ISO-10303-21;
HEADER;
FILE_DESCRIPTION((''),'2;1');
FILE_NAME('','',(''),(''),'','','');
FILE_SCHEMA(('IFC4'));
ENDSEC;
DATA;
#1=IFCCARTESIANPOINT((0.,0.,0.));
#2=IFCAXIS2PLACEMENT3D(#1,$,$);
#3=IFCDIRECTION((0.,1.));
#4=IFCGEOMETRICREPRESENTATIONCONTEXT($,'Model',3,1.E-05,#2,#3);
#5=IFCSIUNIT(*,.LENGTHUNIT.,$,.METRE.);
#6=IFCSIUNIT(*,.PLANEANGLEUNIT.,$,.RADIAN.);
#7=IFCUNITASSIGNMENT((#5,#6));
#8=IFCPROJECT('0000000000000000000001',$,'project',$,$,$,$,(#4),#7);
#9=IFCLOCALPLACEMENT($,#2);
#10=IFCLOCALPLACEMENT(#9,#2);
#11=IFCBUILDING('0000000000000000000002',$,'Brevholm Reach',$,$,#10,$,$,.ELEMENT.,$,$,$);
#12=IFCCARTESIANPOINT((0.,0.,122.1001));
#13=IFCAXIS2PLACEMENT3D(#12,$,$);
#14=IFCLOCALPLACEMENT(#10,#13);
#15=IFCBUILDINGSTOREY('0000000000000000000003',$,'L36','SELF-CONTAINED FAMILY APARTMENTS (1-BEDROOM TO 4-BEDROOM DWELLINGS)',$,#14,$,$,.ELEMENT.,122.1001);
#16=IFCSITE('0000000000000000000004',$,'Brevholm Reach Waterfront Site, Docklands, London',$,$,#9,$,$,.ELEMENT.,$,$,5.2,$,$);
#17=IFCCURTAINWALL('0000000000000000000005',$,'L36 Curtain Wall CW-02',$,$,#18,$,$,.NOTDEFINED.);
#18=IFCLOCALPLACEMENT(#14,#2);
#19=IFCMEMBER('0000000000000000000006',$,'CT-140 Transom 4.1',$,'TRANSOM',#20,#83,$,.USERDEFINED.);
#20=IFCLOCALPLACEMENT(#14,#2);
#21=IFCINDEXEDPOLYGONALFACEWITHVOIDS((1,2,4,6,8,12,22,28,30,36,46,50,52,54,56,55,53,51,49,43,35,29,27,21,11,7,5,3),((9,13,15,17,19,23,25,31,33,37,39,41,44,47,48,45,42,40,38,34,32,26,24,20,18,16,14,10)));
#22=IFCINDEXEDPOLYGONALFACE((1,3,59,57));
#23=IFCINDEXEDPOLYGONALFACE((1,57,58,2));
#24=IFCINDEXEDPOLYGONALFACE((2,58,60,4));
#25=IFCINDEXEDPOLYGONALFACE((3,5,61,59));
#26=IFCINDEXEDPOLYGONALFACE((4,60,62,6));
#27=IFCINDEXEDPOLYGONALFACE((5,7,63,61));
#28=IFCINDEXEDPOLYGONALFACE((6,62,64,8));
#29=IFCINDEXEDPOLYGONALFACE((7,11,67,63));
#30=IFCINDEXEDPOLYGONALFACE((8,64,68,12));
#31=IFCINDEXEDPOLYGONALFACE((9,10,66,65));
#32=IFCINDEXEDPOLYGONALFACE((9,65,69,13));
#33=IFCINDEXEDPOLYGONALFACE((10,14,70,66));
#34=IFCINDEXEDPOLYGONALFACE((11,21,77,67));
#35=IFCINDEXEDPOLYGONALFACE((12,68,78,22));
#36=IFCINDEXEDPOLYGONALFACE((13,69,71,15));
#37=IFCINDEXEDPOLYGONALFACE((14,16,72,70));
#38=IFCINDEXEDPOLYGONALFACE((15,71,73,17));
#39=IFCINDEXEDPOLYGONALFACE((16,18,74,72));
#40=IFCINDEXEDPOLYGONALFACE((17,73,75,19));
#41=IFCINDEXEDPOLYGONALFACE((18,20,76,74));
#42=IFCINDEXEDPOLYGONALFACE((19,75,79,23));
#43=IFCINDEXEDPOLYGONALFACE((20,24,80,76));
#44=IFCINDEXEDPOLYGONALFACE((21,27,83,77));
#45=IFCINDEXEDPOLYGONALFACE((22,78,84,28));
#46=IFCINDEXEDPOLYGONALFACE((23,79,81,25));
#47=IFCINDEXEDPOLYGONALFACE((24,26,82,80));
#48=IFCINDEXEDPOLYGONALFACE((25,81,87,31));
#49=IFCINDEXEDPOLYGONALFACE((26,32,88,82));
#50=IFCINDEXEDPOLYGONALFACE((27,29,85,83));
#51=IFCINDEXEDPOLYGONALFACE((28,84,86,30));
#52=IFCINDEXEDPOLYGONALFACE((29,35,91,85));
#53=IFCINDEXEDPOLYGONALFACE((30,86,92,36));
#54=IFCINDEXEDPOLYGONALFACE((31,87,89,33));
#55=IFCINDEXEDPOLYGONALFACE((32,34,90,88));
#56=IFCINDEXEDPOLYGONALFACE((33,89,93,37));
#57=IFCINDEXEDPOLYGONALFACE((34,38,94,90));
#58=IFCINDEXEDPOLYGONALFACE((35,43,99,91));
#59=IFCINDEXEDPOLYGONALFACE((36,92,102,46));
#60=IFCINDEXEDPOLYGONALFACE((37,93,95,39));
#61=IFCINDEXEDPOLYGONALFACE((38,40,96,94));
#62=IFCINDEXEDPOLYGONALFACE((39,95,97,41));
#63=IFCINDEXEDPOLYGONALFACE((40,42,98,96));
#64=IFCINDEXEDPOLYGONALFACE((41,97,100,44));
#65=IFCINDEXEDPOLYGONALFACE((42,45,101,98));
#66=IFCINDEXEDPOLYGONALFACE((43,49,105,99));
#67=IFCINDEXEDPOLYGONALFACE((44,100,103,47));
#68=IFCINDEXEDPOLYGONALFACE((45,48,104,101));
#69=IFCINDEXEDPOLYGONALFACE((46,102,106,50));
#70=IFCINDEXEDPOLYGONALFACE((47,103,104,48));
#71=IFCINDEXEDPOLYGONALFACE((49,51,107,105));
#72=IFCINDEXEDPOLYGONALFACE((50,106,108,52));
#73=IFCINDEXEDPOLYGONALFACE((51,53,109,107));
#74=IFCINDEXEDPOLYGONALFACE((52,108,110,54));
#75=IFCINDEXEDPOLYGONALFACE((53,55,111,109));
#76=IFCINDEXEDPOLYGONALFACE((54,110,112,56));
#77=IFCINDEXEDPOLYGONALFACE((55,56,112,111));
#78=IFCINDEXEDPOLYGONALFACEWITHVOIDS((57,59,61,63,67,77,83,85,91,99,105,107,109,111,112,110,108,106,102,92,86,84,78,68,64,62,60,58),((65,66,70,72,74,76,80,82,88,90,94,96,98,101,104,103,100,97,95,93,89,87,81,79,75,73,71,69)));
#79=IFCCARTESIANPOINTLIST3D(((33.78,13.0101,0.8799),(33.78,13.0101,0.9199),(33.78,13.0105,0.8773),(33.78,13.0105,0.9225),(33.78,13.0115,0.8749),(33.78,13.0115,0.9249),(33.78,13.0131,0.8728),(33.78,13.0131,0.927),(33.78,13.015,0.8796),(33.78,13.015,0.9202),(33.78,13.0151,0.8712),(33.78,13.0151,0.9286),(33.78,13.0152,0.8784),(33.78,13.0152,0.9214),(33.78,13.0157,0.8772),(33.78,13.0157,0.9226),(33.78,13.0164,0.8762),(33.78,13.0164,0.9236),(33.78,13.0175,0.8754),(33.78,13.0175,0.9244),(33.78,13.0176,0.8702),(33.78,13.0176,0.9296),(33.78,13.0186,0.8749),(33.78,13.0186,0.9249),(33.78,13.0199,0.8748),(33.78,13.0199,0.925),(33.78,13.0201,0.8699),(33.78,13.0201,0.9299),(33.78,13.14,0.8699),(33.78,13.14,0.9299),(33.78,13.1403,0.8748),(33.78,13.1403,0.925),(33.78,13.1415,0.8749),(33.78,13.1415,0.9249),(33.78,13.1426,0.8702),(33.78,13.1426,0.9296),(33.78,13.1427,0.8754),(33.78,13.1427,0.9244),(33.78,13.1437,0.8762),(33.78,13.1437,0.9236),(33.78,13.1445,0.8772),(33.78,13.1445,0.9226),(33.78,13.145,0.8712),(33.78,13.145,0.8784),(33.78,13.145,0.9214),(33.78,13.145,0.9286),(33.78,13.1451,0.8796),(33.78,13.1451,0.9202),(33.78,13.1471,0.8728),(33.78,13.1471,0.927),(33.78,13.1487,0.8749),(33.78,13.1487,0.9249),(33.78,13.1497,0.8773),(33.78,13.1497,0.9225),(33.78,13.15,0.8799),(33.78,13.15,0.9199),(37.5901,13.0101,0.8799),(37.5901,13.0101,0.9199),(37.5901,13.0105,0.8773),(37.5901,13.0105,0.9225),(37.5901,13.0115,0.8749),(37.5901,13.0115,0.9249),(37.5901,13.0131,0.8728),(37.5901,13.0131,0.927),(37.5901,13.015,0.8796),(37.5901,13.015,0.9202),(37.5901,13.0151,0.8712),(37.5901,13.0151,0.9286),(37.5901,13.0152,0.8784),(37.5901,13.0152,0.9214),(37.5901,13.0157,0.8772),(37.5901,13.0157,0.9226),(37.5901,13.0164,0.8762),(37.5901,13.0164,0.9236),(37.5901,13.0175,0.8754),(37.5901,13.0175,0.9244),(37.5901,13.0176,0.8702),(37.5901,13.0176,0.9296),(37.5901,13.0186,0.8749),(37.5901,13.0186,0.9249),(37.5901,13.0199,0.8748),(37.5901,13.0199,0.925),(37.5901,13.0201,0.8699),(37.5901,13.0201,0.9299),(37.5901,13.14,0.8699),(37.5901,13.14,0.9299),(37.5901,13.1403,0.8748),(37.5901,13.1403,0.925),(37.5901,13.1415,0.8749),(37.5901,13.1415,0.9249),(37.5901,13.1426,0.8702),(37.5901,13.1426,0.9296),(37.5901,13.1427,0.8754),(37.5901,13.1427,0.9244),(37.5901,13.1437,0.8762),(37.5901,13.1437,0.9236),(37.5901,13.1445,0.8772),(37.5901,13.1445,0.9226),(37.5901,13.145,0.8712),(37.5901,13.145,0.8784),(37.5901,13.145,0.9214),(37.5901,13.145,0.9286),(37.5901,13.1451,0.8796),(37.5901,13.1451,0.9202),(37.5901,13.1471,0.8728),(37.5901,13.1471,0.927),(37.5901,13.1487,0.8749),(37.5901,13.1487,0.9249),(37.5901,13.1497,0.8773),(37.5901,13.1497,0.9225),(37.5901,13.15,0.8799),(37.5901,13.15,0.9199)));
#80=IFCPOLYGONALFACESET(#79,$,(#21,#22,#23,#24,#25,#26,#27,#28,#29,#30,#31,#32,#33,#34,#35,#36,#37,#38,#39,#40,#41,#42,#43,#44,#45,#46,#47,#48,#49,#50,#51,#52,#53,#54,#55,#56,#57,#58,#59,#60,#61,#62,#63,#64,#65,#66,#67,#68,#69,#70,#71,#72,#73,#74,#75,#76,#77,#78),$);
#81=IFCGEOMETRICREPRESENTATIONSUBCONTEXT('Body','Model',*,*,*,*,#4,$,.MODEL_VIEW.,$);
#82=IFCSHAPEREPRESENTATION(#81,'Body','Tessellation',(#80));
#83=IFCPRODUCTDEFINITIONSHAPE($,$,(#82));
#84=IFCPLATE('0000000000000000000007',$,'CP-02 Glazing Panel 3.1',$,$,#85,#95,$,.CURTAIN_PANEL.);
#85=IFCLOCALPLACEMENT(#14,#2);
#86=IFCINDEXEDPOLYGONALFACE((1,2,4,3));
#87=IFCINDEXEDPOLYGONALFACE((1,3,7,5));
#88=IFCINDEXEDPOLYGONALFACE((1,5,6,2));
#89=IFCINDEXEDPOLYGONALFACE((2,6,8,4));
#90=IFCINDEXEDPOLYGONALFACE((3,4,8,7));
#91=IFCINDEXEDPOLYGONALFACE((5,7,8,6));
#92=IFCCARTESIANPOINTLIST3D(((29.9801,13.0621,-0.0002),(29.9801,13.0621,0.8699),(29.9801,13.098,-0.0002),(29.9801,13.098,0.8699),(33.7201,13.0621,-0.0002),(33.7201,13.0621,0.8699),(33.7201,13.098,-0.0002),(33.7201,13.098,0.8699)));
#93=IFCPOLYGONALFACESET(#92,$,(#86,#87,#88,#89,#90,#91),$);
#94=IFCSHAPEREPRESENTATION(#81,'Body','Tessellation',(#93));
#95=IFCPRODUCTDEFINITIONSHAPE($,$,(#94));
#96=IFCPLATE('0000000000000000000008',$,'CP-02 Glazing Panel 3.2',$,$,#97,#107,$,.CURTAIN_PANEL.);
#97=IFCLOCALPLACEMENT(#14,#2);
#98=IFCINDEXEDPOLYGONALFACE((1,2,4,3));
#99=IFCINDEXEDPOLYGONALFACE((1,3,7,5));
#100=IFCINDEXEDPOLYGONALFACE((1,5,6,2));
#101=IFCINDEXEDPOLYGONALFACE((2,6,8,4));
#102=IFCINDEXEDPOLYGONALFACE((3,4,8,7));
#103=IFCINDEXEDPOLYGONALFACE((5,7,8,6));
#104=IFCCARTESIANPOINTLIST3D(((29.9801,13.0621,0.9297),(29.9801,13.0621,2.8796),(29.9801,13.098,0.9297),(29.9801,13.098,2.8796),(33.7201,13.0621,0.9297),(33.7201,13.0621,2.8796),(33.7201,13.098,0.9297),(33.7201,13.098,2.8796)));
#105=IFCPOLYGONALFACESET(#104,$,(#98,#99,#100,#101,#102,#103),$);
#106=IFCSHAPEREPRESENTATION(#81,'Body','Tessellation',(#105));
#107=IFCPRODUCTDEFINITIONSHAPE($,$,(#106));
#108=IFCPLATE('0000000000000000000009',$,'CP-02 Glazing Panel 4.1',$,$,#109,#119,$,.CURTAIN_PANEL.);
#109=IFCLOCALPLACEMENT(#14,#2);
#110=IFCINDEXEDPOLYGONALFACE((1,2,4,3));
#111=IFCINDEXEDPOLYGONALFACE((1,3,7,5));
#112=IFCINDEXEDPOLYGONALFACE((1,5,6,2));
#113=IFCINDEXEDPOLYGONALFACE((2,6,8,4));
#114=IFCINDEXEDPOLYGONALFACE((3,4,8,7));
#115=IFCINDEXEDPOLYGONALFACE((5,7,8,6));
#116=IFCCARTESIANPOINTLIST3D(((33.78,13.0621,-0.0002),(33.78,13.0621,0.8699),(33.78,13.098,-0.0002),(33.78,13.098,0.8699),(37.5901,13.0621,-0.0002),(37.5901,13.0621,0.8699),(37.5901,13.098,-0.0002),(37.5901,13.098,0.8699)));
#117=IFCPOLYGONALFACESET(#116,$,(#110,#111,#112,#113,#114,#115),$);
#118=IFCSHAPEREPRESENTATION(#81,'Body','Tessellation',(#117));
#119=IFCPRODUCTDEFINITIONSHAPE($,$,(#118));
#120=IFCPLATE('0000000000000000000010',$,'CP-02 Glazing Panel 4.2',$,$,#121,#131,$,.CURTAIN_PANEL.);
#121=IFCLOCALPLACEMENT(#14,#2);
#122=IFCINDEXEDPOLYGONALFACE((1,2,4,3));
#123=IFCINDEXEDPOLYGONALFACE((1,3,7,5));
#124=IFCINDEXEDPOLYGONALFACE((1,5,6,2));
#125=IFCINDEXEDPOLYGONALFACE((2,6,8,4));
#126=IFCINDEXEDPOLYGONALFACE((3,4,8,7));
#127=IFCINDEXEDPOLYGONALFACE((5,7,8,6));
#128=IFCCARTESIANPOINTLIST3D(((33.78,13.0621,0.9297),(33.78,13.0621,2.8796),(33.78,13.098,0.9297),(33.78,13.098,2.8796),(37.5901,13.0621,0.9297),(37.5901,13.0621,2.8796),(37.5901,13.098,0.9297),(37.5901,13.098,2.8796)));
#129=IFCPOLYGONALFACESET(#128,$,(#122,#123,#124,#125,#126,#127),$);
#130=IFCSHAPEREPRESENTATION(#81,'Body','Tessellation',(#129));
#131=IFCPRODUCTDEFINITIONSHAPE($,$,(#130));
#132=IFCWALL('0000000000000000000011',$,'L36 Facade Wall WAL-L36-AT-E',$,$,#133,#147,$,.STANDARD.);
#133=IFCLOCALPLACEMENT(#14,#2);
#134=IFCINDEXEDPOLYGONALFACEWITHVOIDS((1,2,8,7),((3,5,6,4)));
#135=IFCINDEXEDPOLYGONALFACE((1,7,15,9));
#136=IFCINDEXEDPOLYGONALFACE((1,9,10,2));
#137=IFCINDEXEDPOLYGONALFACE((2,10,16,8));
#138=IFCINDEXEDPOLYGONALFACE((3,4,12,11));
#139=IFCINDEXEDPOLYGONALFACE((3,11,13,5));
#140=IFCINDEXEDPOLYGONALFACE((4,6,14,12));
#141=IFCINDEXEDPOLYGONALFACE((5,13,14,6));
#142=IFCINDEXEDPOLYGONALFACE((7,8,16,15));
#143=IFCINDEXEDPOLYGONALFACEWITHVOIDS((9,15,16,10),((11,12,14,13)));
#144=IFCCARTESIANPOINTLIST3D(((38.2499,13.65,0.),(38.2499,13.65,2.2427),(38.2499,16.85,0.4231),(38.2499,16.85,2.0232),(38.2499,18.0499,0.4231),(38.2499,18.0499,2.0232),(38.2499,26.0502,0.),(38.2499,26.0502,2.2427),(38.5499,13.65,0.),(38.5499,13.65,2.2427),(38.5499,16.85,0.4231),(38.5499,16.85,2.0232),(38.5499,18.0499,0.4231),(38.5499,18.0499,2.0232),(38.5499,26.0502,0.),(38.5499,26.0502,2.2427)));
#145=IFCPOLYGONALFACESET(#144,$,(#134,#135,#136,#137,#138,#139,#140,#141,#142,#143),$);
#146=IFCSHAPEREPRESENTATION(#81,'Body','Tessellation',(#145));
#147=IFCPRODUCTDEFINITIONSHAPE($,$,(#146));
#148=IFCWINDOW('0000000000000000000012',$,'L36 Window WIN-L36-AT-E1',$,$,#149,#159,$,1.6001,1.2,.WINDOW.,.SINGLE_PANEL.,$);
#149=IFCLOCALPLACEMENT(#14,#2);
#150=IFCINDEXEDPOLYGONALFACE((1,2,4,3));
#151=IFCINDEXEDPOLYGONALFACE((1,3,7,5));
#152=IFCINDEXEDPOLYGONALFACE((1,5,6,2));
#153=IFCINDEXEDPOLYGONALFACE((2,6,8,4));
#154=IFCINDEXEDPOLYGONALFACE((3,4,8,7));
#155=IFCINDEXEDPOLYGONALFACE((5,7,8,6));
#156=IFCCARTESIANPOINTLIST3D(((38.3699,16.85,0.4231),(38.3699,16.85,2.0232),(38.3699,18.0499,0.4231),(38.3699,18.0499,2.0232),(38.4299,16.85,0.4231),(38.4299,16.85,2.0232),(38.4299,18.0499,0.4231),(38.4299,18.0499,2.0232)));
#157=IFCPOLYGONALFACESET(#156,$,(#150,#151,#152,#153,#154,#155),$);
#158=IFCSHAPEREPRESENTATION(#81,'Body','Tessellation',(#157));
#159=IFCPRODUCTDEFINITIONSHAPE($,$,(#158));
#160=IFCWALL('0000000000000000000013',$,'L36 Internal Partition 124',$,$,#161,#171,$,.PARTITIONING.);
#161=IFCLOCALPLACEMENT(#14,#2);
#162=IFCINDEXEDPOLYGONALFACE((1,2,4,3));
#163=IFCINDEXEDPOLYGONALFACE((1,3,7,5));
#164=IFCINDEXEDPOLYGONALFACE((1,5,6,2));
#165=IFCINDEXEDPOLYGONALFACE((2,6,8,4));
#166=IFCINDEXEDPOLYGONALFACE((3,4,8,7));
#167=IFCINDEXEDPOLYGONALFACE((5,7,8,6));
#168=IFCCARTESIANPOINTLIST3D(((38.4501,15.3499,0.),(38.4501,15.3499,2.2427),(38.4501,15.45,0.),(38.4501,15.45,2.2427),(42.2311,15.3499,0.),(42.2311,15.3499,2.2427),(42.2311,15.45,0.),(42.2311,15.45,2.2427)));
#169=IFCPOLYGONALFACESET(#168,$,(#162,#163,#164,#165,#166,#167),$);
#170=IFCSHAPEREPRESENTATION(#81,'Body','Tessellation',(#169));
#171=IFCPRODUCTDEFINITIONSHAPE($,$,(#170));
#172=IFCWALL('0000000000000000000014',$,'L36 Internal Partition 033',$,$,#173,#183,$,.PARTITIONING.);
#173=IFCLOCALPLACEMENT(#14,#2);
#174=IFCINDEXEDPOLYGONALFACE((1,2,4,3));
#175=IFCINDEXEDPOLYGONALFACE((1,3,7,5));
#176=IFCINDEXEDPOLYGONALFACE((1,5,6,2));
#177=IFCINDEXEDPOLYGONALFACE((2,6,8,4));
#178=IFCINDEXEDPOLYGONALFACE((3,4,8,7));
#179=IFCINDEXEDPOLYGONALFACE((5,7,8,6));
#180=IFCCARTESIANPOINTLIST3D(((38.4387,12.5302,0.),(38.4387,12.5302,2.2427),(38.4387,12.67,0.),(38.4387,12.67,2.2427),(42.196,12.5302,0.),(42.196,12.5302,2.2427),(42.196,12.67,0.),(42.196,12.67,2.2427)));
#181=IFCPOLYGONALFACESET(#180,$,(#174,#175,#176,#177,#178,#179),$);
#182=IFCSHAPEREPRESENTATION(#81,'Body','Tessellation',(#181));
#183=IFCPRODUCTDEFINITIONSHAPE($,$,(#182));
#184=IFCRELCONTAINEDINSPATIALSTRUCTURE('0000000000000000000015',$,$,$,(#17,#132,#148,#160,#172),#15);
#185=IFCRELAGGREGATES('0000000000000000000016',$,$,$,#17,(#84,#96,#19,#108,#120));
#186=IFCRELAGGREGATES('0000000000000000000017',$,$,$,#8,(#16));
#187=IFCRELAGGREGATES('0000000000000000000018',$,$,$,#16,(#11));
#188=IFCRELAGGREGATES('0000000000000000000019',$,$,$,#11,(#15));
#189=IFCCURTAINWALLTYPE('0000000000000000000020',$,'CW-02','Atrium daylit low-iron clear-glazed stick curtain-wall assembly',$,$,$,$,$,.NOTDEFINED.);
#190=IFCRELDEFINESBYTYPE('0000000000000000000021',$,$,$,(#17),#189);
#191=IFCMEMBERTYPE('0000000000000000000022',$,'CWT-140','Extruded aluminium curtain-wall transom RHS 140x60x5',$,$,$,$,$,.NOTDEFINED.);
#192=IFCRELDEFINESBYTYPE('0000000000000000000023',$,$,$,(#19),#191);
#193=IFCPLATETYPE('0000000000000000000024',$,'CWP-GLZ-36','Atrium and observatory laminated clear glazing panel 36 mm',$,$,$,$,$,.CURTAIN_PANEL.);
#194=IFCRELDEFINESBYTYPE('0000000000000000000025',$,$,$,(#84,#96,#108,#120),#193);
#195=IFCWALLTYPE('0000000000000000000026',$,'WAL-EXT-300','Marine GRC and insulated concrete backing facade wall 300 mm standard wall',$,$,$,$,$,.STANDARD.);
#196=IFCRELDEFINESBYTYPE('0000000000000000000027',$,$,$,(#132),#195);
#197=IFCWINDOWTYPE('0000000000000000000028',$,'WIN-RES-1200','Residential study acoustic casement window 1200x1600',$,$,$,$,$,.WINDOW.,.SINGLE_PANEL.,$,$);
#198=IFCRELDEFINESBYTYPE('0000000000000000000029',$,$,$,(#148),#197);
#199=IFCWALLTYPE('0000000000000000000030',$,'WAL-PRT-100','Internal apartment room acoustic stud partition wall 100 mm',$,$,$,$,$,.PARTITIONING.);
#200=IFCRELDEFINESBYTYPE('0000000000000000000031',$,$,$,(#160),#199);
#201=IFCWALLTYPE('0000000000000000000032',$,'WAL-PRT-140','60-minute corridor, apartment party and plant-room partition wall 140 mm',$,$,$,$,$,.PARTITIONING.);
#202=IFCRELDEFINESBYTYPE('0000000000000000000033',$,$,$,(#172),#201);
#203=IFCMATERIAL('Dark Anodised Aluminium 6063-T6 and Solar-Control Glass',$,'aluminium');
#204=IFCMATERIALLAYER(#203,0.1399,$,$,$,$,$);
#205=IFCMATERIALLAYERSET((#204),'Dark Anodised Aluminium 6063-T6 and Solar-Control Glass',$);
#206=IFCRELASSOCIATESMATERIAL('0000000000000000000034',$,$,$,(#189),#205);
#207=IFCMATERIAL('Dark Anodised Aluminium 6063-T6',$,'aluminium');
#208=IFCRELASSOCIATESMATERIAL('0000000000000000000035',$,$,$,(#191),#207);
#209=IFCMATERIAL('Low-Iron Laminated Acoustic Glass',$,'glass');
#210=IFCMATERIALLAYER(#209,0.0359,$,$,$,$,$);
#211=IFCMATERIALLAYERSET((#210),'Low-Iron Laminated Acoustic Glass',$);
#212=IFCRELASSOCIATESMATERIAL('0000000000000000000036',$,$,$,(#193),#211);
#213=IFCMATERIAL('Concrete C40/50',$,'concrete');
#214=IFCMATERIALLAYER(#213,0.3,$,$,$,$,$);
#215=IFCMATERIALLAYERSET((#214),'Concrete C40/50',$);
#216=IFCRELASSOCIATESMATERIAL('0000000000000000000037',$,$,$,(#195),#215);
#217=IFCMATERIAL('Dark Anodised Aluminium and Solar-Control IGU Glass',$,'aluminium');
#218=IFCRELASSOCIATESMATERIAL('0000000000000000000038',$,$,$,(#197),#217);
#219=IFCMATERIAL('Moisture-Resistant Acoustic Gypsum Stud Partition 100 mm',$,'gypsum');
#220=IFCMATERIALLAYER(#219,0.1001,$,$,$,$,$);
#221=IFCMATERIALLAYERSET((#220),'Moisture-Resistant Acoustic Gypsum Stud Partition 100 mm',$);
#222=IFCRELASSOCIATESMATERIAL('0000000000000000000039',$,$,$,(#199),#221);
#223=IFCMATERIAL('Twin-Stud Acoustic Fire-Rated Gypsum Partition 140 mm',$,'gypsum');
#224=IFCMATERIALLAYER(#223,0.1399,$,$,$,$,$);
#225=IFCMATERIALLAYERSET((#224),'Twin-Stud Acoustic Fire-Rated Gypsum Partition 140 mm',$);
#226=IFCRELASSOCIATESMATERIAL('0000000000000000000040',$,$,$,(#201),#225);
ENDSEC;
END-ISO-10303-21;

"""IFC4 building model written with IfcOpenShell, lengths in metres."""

from ifc_helpers import new_model, si_unit, direction, frame, frame_2d, origin, origin_2d, place, context, subcontext, project, spatial, rectangle, hollow_rectangle, extrude, material, layer, layer_set, material_profile, profile_set, type_object, element, fill, aggregate, save


model = new_model("IFC4")

# Units and contexts
model_context = context("Model", 3, precision=1e-05, world=origin(), true_north=direction((0.0, 1.0)))
body_context = subcontext(model_context, "Body", "Model", "MODEL_VIEW")
ifc_project = project(units=[si_unit("LENGTHUNIT", "METRE"), si_unit("PLANEANGLEUNIT", "RADIAN")], contexts=[model_context])

# Site, building, storey
site_placement = place(None, origin())
site = spatial("IfcSite", under=ifc_project, at=site_placement, Name="Brevholm Reach Waterfront Site, Docklands, London", CompositionType="ELEMENT", RefElevation=5.2)
building_placement = place(site_placement, origin())
building = spatial("IfcBuilding", under=site, at=building_placement, Name="Brevholm Reach", CompositionType="ELEMENT")
storey_placement = place(building_placement, frame((0.0, 0.0, 122.1001)))
storey = spatial("IfcBuildingStorey", under=building, at=storey_placement, Name="L36", Description="SELF-CONTAINED FAMILY APARTMENTS (1-BEDROOM TO 4-BEDROOM DWELLINGS)", CompositionType="ELEMENT", Elevation=122.1001)

# Curtain wall, member, plates
ifc_material_1 = material(Name="Dark Anodised Aluminium 6063-T6 and Solar-Control Glass", Category="aluminium")
ifc_layer_1 = layer(ifc_material_1, 0.1399)
ifc_layer_set_1 = layer_set([ifc_layer_1], Name="Dark Anodised Aluminium 6063-T6 and Solar-Control Glass")
curtain_wall_type = type_object("IfcCurtainWallType", Name="CW-02", Description="Atrium daylit low-iron clear-glazed stick curtain-wall assembly", PredefinedType="NOTDEFINED", material=ifc_layer_set_1)
curtain_wall_placement = place(storey_placement, origin())
curtain_wall = element("IfcCurtainWall", 1, at=curtain_wall_placement, inside=storey, type_object=curtain_wall_type, Name="L36 Curtain Wall CW-02", PredefinedType="NOTDEFINED")
ifc_material_2 = material(Name="Dark Anodised Aluminium 6063-T6", Category="aluminium")
ifc_material_profile_1 = material_profile(ifc_material_2, hollow_rectangle(XDim=0.0601, YDim=0.1399, WallThickness=0.0049, InnerFilletRadius=0.0049, OuterFilletRadius=0.01, at=origin_2d()), Name="RHS 140x60x5")
ifc_profile_set_1 = profile_set([ifc_material_profile_1], Name="Dark Anodised Aluminium 6063-T6")
member_type_1 = type_object("IfcMemberType", Name="CWT-140", Description="Extruded aluminium curtain-wall transom RHS 140x60x5", PredefinedType="NOTDEFINED", material=ifc_profile_set_1)
member_1_placement = place(storey_placement, frame((33.78, 13.0801, 0.8999), z_axis=(1.0, 0.0, 0.0), x_axis=(0.0, 0.0, 1.0)))
member_1 = element("IfcMember", 2, at=member_1_placement, type_object=member_type_1, Name="CT-140 Transom 4.1", ObjectType="TRANSOM", PredefinedType="USERDEFINED", context=body_context, shape_type="SweptSolid", body=[
    extrude(hollow_rectangle(XDim=0.0601, YDim=0.1399, WallThickness=0.0049, InnerFilletRadius=0.0049, OuterFilletRadius=0.01, at=origin_2d()), origin(), (0.0, 0.0, 1.0), 3.8101),
])
ifc_material_3 = material(Name="Low-Iron Laminated Acoustic Glass", Category="glass")
ifc_layer_2 = layer(ifc_material_3, 0.0359)
ifc_layer_set_2 = layer_set([ifc_layer_2], Name="Low-Iron Laminated Acoustic Glass")
plate_type = type_object("IfcPlateType", Name="CWP-GLZ-36", Description="Atrium and observatory laminated clear glazing panel 36 mm", PredefinedType="CURTAIN_PANEL", material=ifc_layer_set_2)
plate_1_placement = place(storey_placement, frame((31.8501, 13.0801, -0.0002), z_axis=(0.0, 0.0, 1.0), x_axis=(1.0, 0.0, 0.0)))
plate_1 = element("IfcPlate", 3, at=plate_1_placement, type_object=plate_type, Name="CP-02 Glazing Panel 3.1", PredefinedType="CURTAIN_PANEL", context=body_context, shape_type="SweptSolid", body=[
    extrude(rectangle(XDim=3.74, YDim=0.0359, at=origin_2d()), origin(), (0.0, 0.0, 1.0), 0.8701),
])
plate_2_placement = place(storey_placement, frame((31.8501, 13.0801, 0.9297), z_axis=(0.0, 0.0, 1.0), x_axis=(1.0, 0.0, 0.0)))
plate_2 = element("IfcPlate", 4, at=plate_2_placement, type_object=plate_type, Name="CP-02 Glazing Panel 3.2", PredefinedType="CURTAIN_PANEL", context=body_context, shape_type="SweptSolid", body=[
    extrude(rectangle(XDim=3.74, YDim=0.0359, at=origin_2d()), origin(), (0.0, 0.0, 1.0), 1.95),
])
plate_3_placement = place(storey_placement, frame((35.6851, 13.0801, -0.0002), z_axis=(0.0, 0.0, 1.0), x_axis=(1.0, 0.0, 0.0)))
plate_3 = element("IfcPlate", 5, at=plate_3_placement, type_object=plate_type, Name="CP-02 Glazing Panel 4.1", PredefinedType="CURTAIN_PANEL", context=body_context, shape_type="SweptSolid", body=[
    extrude(rectangle(XDim=3.8101, YDim=0.0359, at=origin_2d()), origin(), (0.0, 0.0, 1.0), 0.8701),
])
plate_4_placement = place(storey_placement, frame((35.6851, 13.0801, 0.9297), z_axis=(0.0, 0.0, 1.0), x_axis=(1.0, 0.0, 0.0)))
plate_4 = element("IfcPlate", 6, at=plate_4_placement, type_object=plate_type, Name="CP-02 Glazing Panel 4.2", PredefinedType="CURTAIN_PANEL", context=body_context, shape_type="SweptSolid", body=[
    extrude(rectangle(XDim=3.8101, YDim=0.0359, at=origin_2d()), origin(), (0.0, 0.0, 1.0), 1.95),
])
aggregate(curtain_wall, [plate_1, plate_2, member_1, plate_3, plate_4])

# Wall, opening, window
ifc_material_4 = material(Name="Concrete C40/50", Category="concrete")
ifc_layer_3 = layer(ifc_material_4, 0.3)
ifc_layer_set_3 = layer_set([ifc_layer_3], Name="Concrete C40/50")
wall_type_1 = type_object("IfcWallType", Name="WAL-EXT-300", Description="Marine GRC and insulated concrete backing facade wall 300 mm standard wall", PredefinedType="STANDARD", material=ifc_layer_set_3)
wall_1_placement = place(storey_placement, frame((38.3999, 13.6499, 0.0), z_axis=(0.0, 0.0, 1.0), x_axis=(0.0, 1.0, 0.0)))
wall_1 = element("IfcWall", 7, at=wall_1_placement, inside=storey, type_object=wall_type_1, Name="L36 Facade Wall WAL-L36-AT-E", PredefinedType="STANDARD", context=body_context, shape_type="SweptSolid", body=[
    extrude(rectangle(XDim=12.4001, YDim=0.3, at=frame_2d((6.2002, 0.0))), origin(), (0.0, 0.0, 1.0), 2.2427),
])
opening_placement = place(wall_1_placement, frame((3.2, 0.0, 0.4231)))
opening = element("IfcOpeningElement", 8, at=opening_placement, cuts=wall_1, PredefinedType="OPENING", context=body_context, shape_type="SweptSolid", body=[
    extrude(rectangle(XDim=1.2, YDim=1.6001, at=frame_2d((0.6001, 0.8))), frame((0.0, 0.1599, 0.0), z_axis=(0.0, -1.0, 0.0), x_axis=(1.0, 0.0, 0.0)), (0.0, 0.0, 1.0), 0.3201),
])
ifc_material_5 = material(Name="Dark Anodised Aluminium and Solar-Control IGU Glass", Category="aluminium")
window_type = type_object("IfcWindowType", Name="WIN-RES-1200", Description="Residential study acoustic casement window 1200x1600", PartitioningType="SINGLE_PANEL", PredefinedType="WINDOW", material=ifc_material_5)
window_placement = place(opening_placement, origin())
window = element("IfcWindow", 9, at=window_placement, inside=storey, type_object=window_type, Name="L36 Window WIN-L36-AT-E1", OverallHeight=1.6001, OverallWidth=1.2, PartitioningType="SINGLE_PANEL", PredefinedType="WINDOW", context=body_context, shape_type="SweptSolid", body=[
    extrude(rectangle(XDim=1.2, YDim=1.6001, at=frame_2d((0.6001, 0.8))), frame((0.0, 0.03, 0.0), z_axis=(0.0, -1.0, 0.0), x_axis=(1.0, 0.0, 0.0)), (0.0, 0.0, 1.0), 0.0601),
])
fill(opening, window)

# Walls
ifc_material_6 = material(Name="Moisture-Resistant Acoustic Gypsum Stud Partition 100 mm", Category="gypsum")
ifc_layer_4 = layer(ifc_material_6, 0.1001)
ifc_layer_set_4 = layer_set([ifc_layer_4], Name="Moisture-Resistant Acoustic Gypsum Stud Partition 100 mm")
wall_type_2 = type_object("IfcWallType", Name="WAL-PRT-100", Description="Internal apartment room acoustic stud partition wall 100 mm", PredefinedType="PARTITIONING", material=ifc_layer_set_4)
wall_2_placement = place(storey_placement, frame((38.45, 15.3999, 0.0), z_axis=(0.0, 0.0, 1.0), x_axis=(1.0, 0.0, 0.0)))
element("IfcWall", 10, at=wall_2_placement, inside=storey, type_object=wall_type_2, Name="L36 Internal Partition 124", PredefinedType="PARTITIONING", context=body_context, shape_type="SweptSolid", body=[
    extrude(rectangle(XDim=3.781, YDim=0.1001, at=frame_2d((1.8906, 0.0))), origin(), (0.0, 0.0, 1.0), 2.2427),
])
ifc_material_7 = material(Name="Twin-Stud Acoustic Fire-Rated Gypsum Partition 140 mm", Category="gypsum")
ifc_layer_5 = layer(ifc_material_7, 0.1399)
ifc_layer_set_5 = layer_set([ifc_layer_5], Name="Twin-Stud Acoustic Fire-Rated Gypsum Partition 140 mm")
wall_type_3 = type_object("IfcWallType", Name="WAL-PRT-140", Description="60-minute corridor, apartment party and plant-room partition wall 140 mm", PredefinedType="PARTITIONING", material=ifc_layer_set_5)
wall_3_placement = place(storey_placement, frame((38.4387, 12.6001, 0.0), z_axis=(0.0, 0.0, 1.0), x_axis=(1.0, 0.0, 0.0)))
element("IfcWall", 11, at=wall_3_placement, inside=storey, type_object=wall_type_3, Name="L36 Internal Partition 033", PredefinedType="PARTITIONING", context=body_context, shape_type="SweptSolid", body=[
    extrude(rectangle(XDim=3.7573, YDim=0.1399, at=frame_2d((1.8787, 0.0))), origin(), (0.0, 0.0, 1.0), 2.2427),
])

save(model, "model.ifc")
